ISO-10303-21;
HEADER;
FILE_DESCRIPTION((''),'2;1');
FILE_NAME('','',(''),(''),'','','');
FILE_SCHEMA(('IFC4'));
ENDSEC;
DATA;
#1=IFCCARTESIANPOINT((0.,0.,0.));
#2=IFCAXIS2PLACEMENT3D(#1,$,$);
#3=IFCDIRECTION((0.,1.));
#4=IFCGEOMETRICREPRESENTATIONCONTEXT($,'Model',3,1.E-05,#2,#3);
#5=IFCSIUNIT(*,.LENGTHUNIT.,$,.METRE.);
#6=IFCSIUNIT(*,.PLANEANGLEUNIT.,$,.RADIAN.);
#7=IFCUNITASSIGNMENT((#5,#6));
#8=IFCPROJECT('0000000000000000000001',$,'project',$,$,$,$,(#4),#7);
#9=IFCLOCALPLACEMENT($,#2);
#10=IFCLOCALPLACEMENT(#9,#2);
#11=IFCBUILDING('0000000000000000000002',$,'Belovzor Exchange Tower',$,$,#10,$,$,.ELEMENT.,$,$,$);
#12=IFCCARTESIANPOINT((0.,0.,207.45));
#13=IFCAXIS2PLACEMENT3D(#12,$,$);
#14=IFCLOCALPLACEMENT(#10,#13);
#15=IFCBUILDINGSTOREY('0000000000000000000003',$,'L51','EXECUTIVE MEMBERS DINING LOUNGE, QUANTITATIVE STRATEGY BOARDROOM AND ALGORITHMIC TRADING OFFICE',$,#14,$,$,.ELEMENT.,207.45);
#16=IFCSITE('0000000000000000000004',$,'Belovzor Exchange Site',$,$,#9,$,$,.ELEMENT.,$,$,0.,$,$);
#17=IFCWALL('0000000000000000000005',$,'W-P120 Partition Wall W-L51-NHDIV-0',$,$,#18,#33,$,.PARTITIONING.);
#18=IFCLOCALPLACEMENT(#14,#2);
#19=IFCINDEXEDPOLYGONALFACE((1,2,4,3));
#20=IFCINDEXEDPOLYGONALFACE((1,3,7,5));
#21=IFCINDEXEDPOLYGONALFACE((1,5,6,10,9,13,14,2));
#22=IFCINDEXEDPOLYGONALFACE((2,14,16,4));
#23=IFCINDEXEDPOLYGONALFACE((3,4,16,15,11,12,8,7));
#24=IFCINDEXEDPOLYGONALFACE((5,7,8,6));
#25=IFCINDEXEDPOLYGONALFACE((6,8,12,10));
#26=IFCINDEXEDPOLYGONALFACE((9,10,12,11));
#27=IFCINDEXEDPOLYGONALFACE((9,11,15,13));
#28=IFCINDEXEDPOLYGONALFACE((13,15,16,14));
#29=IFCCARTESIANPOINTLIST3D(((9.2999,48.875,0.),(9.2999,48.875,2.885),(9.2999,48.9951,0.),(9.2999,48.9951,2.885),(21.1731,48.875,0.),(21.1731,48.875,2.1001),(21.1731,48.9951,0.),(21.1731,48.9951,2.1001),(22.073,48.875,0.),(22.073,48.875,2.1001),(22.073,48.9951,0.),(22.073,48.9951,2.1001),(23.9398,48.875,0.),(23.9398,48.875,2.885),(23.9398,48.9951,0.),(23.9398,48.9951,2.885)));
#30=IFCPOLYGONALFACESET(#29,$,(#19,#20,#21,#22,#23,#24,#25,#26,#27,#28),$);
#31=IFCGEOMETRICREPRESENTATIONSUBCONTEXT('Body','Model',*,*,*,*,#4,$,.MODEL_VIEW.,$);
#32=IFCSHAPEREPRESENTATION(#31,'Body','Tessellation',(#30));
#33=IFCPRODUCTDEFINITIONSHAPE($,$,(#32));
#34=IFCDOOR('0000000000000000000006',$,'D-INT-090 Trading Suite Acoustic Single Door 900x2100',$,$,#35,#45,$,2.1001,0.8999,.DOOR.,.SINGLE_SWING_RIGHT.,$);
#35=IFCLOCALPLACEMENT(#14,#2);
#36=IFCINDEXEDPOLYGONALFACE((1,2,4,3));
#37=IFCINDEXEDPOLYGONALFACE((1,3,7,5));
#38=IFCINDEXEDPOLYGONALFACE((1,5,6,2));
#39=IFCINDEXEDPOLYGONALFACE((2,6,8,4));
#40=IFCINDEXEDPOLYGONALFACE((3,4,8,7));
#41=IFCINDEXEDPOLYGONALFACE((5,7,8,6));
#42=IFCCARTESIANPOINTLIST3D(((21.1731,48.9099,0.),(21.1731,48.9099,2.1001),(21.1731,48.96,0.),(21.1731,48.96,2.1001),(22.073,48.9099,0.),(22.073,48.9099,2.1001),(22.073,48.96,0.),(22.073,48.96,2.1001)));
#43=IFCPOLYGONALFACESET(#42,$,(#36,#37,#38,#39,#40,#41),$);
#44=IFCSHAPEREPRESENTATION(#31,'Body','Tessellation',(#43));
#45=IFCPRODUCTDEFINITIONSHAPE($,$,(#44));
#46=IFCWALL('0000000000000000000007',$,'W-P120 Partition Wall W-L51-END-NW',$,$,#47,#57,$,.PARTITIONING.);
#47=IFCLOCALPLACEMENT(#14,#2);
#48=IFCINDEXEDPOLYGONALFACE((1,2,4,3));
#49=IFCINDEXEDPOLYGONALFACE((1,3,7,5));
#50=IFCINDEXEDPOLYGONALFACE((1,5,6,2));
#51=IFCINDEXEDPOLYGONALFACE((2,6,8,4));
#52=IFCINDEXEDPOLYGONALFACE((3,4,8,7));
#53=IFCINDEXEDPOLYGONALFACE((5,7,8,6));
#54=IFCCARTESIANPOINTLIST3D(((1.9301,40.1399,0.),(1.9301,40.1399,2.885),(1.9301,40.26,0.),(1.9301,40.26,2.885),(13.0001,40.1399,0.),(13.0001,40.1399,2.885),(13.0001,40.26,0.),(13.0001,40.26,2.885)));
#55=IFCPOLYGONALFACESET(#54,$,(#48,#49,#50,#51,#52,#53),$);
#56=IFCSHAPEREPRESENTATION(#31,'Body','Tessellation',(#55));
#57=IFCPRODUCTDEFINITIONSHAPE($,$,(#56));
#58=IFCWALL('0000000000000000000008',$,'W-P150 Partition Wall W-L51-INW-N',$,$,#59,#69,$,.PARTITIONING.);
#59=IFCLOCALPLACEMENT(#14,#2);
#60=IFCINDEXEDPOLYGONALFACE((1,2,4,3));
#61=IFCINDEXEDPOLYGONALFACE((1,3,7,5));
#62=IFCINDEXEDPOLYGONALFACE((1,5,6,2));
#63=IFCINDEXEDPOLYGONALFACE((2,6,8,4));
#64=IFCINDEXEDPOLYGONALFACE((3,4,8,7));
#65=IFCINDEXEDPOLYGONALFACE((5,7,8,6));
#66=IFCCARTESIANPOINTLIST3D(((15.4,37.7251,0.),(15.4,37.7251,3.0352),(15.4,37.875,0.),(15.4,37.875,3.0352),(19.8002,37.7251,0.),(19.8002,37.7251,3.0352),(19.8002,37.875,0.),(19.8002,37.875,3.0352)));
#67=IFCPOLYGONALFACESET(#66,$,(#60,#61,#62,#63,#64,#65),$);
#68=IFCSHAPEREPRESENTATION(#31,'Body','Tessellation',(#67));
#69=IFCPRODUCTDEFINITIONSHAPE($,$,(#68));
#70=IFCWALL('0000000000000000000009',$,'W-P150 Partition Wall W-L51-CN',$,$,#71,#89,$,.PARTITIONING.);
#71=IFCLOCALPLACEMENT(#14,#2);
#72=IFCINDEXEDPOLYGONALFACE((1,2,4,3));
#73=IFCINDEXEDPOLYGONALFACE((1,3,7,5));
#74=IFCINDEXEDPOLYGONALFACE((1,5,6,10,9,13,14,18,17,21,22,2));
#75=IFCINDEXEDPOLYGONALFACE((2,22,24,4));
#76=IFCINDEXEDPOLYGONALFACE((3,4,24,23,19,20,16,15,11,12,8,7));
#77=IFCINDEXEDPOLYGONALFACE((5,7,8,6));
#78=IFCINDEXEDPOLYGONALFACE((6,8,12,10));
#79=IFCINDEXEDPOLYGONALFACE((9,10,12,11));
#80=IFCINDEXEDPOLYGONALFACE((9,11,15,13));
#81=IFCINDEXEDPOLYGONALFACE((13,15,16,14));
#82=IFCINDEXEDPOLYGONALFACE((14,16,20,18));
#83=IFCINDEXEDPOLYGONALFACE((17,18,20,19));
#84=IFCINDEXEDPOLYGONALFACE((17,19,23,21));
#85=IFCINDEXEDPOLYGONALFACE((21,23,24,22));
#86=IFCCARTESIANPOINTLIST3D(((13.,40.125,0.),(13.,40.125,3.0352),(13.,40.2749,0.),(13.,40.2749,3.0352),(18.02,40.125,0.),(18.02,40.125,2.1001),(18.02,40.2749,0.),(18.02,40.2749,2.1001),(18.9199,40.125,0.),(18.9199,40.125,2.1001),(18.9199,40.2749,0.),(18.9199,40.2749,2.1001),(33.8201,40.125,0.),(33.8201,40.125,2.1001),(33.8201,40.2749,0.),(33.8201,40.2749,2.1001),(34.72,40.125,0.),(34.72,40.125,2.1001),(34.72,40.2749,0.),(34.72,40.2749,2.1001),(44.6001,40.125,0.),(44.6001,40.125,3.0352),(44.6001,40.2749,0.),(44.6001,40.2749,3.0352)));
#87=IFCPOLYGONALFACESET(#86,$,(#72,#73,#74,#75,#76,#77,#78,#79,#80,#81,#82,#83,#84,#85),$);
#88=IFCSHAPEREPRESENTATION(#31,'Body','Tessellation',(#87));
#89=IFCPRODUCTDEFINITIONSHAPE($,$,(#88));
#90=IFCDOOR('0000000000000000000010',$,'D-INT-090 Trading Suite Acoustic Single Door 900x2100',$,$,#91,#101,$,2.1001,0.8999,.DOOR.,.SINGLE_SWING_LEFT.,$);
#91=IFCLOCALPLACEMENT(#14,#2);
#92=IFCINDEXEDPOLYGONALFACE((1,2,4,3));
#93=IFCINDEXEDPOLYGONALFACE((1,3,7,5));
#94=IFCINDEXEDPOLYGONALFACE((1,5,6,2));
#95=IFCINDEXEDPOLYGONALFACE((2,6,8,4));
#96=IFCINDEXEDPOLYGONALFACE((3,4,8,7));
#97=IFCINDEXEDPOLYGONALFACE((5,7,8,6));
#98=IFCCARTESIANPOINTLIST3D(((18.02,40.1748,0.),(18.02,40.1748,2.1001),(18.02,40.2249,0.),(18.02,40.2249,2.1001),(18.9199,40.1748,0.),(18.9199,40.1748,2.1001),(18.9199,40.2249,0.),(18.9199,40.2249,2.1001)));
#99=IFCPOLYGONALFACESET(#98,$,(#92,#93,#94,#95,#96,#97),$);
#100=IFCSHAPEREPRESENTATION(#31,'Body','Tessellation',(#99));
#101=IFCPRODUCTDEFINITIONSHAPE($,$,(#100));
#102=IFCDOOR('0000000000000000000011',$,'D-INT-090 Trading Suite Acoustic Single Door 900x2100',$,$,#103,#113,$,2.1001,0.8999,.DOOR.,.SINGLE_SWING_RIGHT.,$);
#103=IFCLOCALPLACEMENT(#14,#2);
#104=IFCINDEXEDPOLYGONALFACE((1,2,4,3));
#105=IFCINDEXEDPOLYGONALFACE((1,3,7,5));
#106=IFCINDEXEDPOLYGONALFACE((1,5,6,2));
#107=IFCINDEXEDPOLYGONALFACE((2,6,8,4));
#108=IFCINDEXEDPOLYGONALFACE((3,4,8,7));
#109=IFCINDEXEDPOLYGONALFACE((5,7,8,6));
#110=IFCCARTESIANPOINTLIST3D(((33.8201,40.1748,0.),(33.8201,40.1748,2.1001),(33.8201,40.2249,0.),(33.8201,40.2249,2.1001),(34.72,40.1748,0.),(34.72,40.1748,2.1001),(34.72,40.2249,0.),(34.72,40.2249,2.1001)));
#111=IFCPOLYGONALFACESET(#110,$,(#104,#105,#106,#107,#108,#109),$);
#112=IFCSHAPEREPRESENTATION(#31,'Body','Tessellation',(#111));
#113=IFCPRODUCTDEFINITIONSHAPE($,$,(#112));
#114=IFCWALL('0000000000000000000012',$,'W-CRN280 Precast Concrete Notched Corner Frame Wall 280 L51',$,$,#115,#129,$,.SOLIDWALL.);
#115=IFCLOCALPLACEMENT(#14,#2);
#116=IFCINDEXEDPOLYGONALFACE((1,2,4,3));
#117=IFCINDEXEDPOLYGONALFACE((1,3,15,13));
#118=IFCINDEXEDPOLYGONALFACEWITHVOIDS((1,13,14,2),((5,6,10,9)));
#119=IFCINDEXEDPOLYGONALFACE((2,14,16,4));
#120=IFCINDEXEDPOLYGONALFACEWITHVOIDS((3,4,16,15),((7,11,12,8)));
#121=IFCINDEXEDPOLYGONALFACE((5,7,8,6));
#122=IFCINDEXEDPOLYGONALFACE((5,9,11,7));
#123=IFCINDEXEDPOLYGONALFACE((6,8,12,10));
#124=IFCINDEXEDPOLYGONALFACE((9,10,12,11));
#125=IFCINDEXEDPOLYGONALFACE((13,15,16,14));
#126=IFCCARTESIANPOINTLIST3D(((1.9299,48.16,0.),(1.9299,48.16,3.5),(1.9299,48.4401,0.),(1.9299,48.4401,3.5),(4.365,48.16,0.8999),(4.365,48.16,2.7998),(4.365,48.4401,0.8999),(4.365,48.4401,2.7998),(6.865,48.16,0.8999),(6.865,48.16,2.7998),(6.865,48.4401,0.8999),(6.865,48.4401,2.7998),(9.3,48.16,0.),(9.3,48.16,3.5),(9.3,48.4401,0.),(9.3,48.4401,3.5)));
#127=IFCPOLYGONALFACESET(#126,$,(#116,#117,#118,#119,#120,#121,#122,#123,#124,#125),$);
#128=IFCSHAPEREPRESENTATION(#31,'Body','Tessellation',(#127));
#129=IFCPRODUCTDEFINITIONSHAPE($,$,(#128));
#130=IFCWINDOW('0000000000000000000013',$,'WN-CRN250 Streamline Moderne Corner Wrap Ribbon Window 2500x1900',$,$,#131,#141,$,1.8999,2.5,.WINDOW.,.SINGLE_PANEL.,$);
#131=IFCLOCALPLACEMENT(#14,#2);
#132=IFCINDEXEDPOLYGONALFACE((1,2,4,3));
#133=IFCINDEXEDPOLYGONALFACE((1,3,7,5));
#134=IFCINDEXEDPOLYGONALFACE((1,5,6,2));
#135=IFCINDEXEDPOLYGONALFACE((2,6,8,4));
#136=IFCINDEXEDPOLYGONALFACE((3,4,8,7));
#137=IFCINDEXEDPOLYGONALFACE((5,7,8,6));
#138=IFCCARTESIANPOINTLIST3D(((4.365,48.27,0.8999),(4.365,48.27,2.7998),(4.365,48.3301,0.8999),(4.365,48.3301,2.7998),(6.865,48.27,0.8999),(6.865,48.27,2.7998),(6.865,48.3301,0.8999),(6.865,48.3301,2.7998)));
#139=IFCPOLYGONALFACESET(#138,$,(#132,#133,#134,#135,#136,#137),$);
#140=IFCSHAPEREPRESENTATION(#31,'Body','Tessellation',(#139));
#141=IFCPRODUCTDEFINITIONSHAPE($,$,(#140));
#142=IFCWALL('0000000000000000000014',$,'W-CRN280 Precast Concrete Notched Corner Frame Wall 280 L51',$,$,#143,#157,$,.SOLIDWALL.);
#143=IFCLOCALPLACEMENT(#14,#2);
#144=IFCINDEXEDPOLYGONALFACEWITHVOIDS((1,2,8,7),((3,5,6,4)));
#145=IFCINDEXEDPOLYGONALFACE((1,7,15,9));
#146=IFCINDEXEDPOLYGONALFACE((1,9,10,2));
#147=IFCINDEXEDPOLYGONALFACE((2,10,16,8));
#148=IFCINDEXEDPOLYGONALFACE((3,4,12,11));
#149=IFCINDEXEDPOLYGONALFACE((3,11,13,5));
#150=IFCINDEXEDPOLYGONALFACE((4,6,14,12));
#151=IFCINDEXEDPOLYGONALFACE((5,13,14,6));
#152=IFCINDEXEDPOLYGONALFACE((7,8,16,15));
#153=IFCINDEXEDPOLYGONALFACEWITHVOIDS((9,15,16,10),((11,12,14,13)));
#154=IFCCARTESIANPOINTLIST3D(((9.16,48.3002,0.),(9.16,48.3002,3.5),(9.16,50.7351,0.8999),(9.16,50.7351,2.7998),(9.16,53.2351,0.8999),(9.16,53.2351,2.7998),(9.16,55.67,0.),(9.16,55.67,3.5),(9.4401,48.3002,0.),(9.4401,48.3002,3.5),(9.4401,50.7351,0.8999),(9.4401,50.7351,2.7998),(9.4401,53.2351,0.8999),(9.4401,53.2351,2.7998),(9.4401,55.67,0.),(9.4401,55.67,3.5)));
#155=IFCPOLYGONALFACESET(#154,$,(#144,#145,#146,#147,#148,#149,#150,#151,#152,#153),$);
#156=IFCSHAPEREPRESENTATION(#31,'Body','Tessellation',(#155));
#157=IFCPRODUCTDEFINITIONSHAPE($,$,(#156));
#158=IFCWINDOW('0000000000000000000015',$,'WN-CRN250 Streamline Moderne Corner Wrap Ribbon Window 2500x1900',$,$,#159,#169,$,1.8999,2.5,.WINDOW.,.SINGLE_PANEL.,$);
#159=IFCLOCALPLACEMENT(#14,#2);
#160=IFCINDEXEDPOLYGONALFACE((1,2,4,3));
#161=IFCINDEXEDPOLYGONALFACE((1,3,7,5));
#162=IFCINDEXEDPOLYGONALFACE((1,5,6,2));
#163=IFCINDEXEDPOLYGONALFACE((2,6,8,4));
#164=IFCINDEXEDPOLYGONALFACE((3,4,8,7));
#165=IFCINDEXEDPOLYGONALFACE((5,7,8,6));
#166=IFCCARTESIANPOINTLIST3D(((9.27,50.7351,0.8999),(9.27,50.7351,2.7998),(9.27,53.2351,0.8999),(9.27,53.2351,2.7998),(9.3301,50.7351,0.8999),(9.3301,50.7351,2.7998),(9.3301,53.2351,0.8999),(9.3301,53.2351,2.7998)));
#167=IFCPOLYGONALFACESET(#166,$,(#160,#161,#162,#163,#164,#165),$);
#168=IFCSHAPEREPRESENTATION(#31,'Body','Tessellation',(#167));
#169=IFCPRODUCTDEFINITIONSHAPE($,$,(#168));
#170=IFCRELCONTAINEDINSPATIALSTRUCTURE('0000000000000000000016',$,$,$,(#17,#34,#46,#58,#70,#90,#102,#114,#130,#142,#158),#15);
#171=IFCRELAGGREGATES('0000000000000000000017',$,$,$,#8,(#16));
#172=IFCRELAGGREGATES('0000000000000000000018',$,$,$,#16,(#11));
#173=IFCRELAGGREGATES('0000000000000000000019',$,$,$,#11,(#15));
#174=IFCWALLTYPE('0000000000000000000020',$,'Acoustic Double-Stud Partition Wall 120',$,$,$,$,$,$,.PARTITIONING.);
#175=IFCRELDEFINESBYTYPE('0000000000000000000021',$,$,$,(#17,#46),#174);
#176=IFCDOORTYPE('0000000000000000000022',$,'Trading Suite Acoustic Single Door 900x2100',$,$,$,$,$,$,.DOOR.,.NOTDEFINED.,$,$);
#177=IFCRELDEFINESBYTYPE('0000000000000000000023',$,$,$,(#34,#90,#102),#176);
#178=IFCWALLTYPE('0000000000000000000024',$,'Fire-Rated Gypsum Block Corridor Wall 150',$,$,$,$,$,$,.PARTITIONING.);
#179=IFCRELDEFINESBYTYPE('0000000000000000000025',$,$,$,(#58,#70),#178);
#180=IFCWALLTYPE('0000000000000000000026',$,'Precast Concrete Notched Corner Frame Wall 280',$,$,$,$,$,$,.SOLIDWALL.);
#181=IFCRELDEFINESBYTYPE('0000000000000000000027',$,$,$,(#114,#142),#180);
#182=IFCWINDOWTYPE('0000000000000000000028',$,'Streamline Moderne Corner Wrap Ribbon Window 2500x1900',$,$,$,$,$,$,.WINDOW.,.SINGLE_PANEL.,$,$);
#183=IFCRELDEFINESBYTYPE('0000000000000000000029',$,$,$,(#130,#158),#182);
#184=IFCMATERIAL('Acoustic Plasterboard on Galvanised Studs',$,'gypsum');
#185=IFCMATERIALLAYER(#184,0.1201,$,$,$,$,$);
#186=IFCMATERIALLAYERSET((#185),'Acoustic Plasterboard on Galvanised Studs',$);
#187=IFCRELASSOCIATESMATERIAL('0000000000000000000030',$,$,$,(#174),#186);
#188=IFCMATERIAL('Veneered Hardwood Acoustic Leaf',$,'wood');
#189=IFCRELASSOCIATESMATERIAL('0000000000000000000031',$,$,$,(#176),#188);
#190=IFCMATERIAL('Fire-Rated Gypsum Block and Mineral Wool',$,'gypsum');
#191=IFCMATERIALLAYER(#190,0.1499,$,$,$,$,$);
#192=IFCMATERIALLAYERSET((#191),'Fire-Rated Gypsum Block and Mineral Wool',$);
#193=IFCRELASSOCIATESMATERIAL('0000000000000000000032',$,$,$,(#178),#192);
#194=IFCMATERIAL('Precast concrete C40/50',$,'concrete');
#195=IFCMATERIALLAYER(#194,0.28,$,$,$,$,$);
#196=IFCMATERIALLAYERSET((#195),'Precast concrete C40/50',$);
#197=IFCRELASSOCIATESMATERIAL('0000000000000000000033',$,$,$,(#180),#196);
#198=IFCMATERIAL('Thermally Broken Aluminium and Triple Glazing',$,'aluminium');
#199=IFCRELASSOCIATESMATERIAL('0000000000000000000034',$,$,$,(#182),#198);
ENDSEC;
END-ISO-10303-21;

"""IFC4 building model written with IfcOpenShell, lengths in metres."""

from ifc_helpers import new_model, si_unit, direction, frame, frame_2d, origin, place, context, subcontext, project, spatial, rectangle, extrude, material, layer, layer_set, type_object, element, fill, save


model = new_model("IFC4")

# Units and contexts
model_context = context("Model", 3, precision=1e-05, world=origin(), true_north=direction((0.0, 1.0)))
body_context = subcontext(model_context, "Body", "Model", "MODEL_VIEW")
ifc_project = project(units=[si_unit("LENGTHUNIT", "METRE"), si_unit("PLANEANGLEUNIT", "RADIAN")], contexts=[model_context])

# Site, building, storey
site_placement = place(None, origin())
site = spatial("IfcSite", under=ifc_project, at=site_placement, Name="Belovzor Exchange Site", CompositionType="ELEMENT", RefElevation=0.0)
building_placement = place(site_placement, origin())
building = spatial("IfcBuilding", under=site, at=building_placement, Name="Belovzor Exchange Tower", CompositionType="ELEMENT")
storey_placement = place(building_placement, frame((0.0, 0.0, 207.45)))
storey = spatial("IfcBuildingStorey", under=building, at=storey_placement, Name="L51", Description="EXECUTIVE MEMBERS DINING LOUNGE, QUANTITATIVE STRATEGY BOARDROOM AND ALGORITHMIC TRADING OFFICE", CompositionType="ELEMENT", Elevation=207.45)

# Wall, opening, door
ifc_material_1 = material(Name="Acoustic Plasterboard on Galvanised Studs", Category="gypsum")
ifc_layer_1 = layer(ifc_material_1, 0.1201)
ifc_layer_set_1 = layer_set([ifc_layer_1], Name="Acoustic Plasterboard on Galvanised Studs")
wall_type_1 = type_object("IfcWallType", Name="Acoustic Double-Stud Partition Wall 120", PredefinedType="PARTITIONING", material=ifc_layer_set_1)
wall_1_placement = place(storey_placement, frame((9.3, 48.9351, 0.0), z_axis=(0.0, 0.0, 1.0), x_axis=(1.0, 0.0, 0.0)))
wall_1 = element("IfcWall", 1, at=wall_1_placement, inside=storey, type_object=wall_type_1, Name="W-P120 Partition Wall W-L51-NHDIV-0", PredefinedType="PARTITIONING", context=body_context, shape_type="SweptSolid", body=[
    extrude(rectangle(XDim=14.6399, YDim=0.1201, at=frame_2d((7.3198, 0.0))), origin(), (0.0, 0.0, 1.0), 2.885),
])
opening_1_placement = place(wall_1_placement, frame((11.873, 0.0, 0.0)))
opening_1 = element("IfcOpeningElement", 2, at=opening_1_placement, cuts=wall_1, PredefinedType="OPENING", context=body_context, shape_type="SweptSolid", body=[
    extrude(rectangle(XDim=0.8999, YDim=2.1001, at=frame_2d((0.45, 1.05))), frame((0.0, 0.0701, 0.0), z_axis=(0.0, -1.0, 0.0), x_axis=(1.0, 0.0, 0.0)), (0.0, 0.0, 1.0), 0.1401),
])
ifc_material_2 = material(Name="Veneered Hardwood Acoustic Leaf", Category="wood")
door_type = type_object("IfcDoorType", Name="Trading Suite Acoustic Single Door 900x2100", OperationType="NOTDEFINED", PredefinedType="DOOR", material=ifc_material_2)
door_1_placement = place(opening_1_placement, origin())
door_1 = element("IfcDoor", 3, at=door_1_placement, inside=storey, type_object=door_type, Name="D-INT-090 Trading Suite Acoustic Single Door 900x2100", OperationType="SINGLE_SWING_RIGHT", OverallHeight=2.1001, OverallWidth=0.8999, PredefinedType="DOOR", context=body_context, shape_type="SweptSolid", body=[
    extrude(rectangle(XDim=0.8999, YDim=2.1001, at=frame_2d((0.45, 1.05))), frame((0.0, 0.0249, 0.0), z_axis=(0.0, -1.0, 0.0), x_axis=(1.0, 0.0, 0.0)), (0.0, 0.0, 1.0), 0.05),
])
fill(opening_1, door_1)

# Walls
wall_2_placement = place(storey_placement, frame((1.9299, 40.2, 0.0), z_axis=(0.0, 0.0, 1.0), x_axis=(1.0, 0.0, 0.0)))
element("IfcWall", 4, at=wall_2_placement, inside=storey, type_object=wall_type_1, Name="W-P120 Partition Wall W-L51-END-NW", PredefinedType="PARTITIONING", context=body_context, shape_type="SweptSolid", body=[
    extrude(rectangle(XDim=11.0701, YDim=0.1201, at=frame_2d((5.5352, 0.0))), origin(), (0.0, 0.0, 1.0), 2.885),
])
ifc_material_3 = material(Name="Fire-Rated Gypsum Block and Mineral Wool", Category="gypsum")
ifc_layer_2 = layer(ifc_material_3, 0.1499)
ifc_layer_set_2 = layer_set([ifc_layer_2], Name="Fire-Rated Gypsum Block and Mineral Wool")
wall_type_2 = type_object("IfcWallType", Name="Fire-Rated Gypsum Block Corridor Wall 150", PredefinedType="PARTITIONING", material=ifc_layer_set_2)
wall_3_placement = place(storey_placement, frame((15.3999, 37.8, 0.0), z_axis=(0.0, 0.0, 1.0), x_axis=(1.0, 0.0, 0.0)))
element("IfcWall", 5, at=wall_3_placement, inside=storey, type_object=wall_type_2, Name="W-P150 Partition Wall W-L51-INW-N", PredefinedType="PARTITIONING", context=body_context, shape_type="SweptSolid", body=[
    extrude(rectangle(XDim=4.4001, YDim=0.1499, at=frame_2d((2.2002, 0.0))), origin(), (0.0, 0.0, 1.0), 3.0352),
])

# Wall, openings, doors
wall_4_placement = place(storey_placement, frame((13.0, 40.2, 0.0), z_axis=(0.0, 0.0, 1.0), x_axis=(1.0, 0.0, 0.0)))
wall_4 = element("IfcWall", 6, at=wall_4_placement, inside=storey, type_object=wall_type_2, Name="W-P150 Partition Wall W-L51-CN", PredefinedType="PARTITIONING", context=body_context, shape_type="SweptSolid", body=[
    extrude(rectangle(XDim=31.6001, YDim=0.1499, at=frame_2d((15.8, 0.0))), origin(), (0.0, 0.0, 1.0), 3.0352),
])
opening_2_placement = place(wall_4_placement, frame((5.02, 0.0, 0.0)))
opening_2 = element("IfcOpeningElement", 7, at=opening_2_placement, cuts=wall_4, PredefinedType="OPENING", context=body_context, shape_type="SweptSolid", body=[
    extrude(rectangle(XDim=0.8999, YDim=2.1001, at=frame_2d((0.45, 1.05))), frame((0.0, 0.085, 0.0), z_axis=(0.0, -1.0, 0.0), x_axis=(1.0, 0.0, 0.0)), (0.0, 0.0, 1.0), 0.1699),
])
opening_3_placement = place(wall_4_placement, frame((20.8201, 0.0, 0.0)))
opening_3 = element("IfcOpeningElement", 8, at=opening_3_placement, cuts=wall_4, PredefinedType="OPENING", context=body_context, shape_type="SweptSolid", body=[
    extrude(rectangle(XDim=0.8999, YDim=2.1001, at=frame_2d((0.45, 1.05))), frame((0.0, 0.085, 0.0), z_axis=(0.0, -1.0, 0.0), x_axis=(1.0, 0.0, 0.0)), (0.0, 0.0, 1.0), 0.1699),
])
door_2_placement = place(opening_2_placement, origin())
door_2 = element("IfcDoor", 9, at=door_2_placement, inside=storey, type_object=door_type, Name="D-INT-090 Trading Suite Acoustic Single Door 900x2100", OperationType="SINGLE_SWING_LEFT", OverallHeight=2.1001, OverallWidth=0.8999, PredefinedType="DOOR", context=body_context, shape_type="SweptSolid", body=[
    extrude(rectangle(XDim=0.8999, YDim=2.1001, at=frame_2d((0.45, 1.05))), frame((0.0, 0.0249, 0.0), z_axis=(0.0, -1.0, 0.0), x_axis=(1.0, 0.0, 0.0)), (0.0, 0.0, 1.0), 0.05),
])
fill(opening_2, door_2)
door_3_placement = place(opening_3_placement, origin())
door_3 = element("IfcDoor", 10, at=door_3_placement, inside=storey, type_object=door_type, Name="D-INT-090 Trading Suite Acoustic Single Door 900x2100", OperationType="SINGLE_SWING_RIGHT", OverallHeight=2.1001, OverallWidth=0.8999, PredefinedType="DOOR", context=body_context, shape_type="SweptSolid", body=[
    extrude(rectangle(XDim=0.8999, YDim=2.1001, at=frame_2d((0.45, 1.05))), frame((0.0, 0.0249, 0.0), z_axis=(0.0, -1.0, 0.0), x_axis=(1.0, 0.0, 0.0)), (0.0, 0.0, 1.0), 0.05),
])
fill(opening_3, door_3)

# Walls, openings, windows
ifc_material_4 = material(Name="Precast concrete C40/50", Category="concrete")
ifc_layer_3 = layer(ifc_material_4, 0.28)
ifc_layer_set_3 = layer_set([ifc_layer_3], Name="Precast concrete C40/50")
wall_type_3 = type_object("IfcWallType", Name="Precast Concrete Notched Corner Frame Wall 280", PredefinedType="SOLIDWALL", material=ifc_layer_set_3)
wall_5_placement = place(storey_placement, frame((1.9299, 48.3, 0.0), z_axis=(0.0, 0.0, 1.0), x_axis=(1.0, 0.0, 0.0)))
wall_5 = element("IfcWall", 11, at=wall_5_placement, inside=storey, type_object=wall_type_3, Name="W-CRN280 Precast Concrete Notched Corner Frame Wall 280 L51", PredefinedType="SOLIDWALL", context=body_context, shape_type="SweptSolid", body=[
    extrude(rectangle(XDim=7.3701, YDim=0.28, at=frame_2d((3.6851, 0.0))), origin(), (0.0, 0.0, 1.0), 3.5),
])
opening_4_placement = place(wall_5_placement, frame((2.4351, 0.0, 0.8999)))
opening_4 = element("IfcOpeningElement", 12, at=opening_4_placement, cuts=wall_5, PredefinedType="OPENING", context=body_context, shape_type="SweptSolid", body=[
    extrude(rectangle(XDim=2.5, YDim=1.8999, at=frame_2d((1.25, 0.95))), frame((0.0, 0.1499, 0.0), z_axis=(0.0, -1.0, 0.0), x_axis=(1.0, 0.0, 0.0)), (0.0, 0.0, 1.0), 0.3),
])
ifc_material_5 = material(Name="Thermally Broken Aluminium and Triple Glazing", Category="aluminium")
window_type_1 = type_object("IfcWindowType", Name="Streamline Moderne Corner Wrap Ribbon Window 2500x1900", PartitioningType="SINGLE_PANEL", PredefinedType="WINDOW", material=ifc_material_5)
window_1_placement = place(opening_4_placement, origin())
window_1 = element("IfcWindow", 13, at=window_1_placement, inside=storey, type_object=window_type_1, Name="WN-CRN250 Streamline Moderne Corner Wrap Ribbon Window 2500x1900", OverallHeight=1.8999, OverallWidth=2.5, PartitioningType="SINGLE_PANEL", PredefinedType="WINDOW", context=body_context, shape_type="SweptSolid", body=[
    extrude(rectangle(XDim=2.5, YDim=1.8999, at=frame_2d((1.25, 0.95))), frame((0.0, 0.03, 0.0), z_axis=(0.0, -1.0, 0.0), x_axis=(1.0, 0.0, 0.0)), (0.0, 0.0, 1.0), 0.0601),
])
fill(opening_4, window_1)
wall_6_placement = place(storey_placement, frame((9.3, 48.3, 0.0), z_axis=(0.0, 0.0, 1.0), x_axis=(0.0, 1.0, 0.0)))
wall_6 = element("IfcWall", 14, at=wall_6_placement, inside=storey, type_object=wall_type_3, Name="W-CRN280 Precast Concrete Notched Corner Frame Wall 280 L51", PredefinedType="SOLIDWALL", context=body_context, shape_type="SweptSolid", body=[
    extrude(rectangle(XDim=7.3699, YDim=0.28, at=frame_2d((3.6851, 0.0))), origin(), (0.0, 0.0, 1.0), 3.5),
])
opening_5_placement = place(wall_6_placement, frame((2.4351, 0.0, 0.8999)))
opening_5 = element("IfcOpeningElement", 15, at=opening_5_placement, cuts=wall_6, PredefinedType="OPENING", context=body_context, shape_type="SweptSolid", body=[
    extrude(rectangle(XDim=2.5, YDim=1.8999, at=frame_2d((1.25, 0.95))), frame((0.0, 0.1499, 0.0), z_axis=(0.0, -1.0, 0.0), x_axis=(1.0, 0.0, 0.0)), (0.0, 0.0, 1.0), 0.3),
])
window_2_placement = place(opening_5_placement, origin())
window_2 = element("IfcWindow", 16, at=window_2_placement, inside=storey, type_object=window_type_1, Name="WN-CRN250 Streamline Moderne Corner Wrap Ribbon Window 2500x1900", OverallHeight=1.8999, OverallWidth=2.5, PartitioningType="SINGLE_PANEL", PredefinedType="WINDOW", context=body_context, shape_type="SweptSolid", body=[
    extrude(rectangle(XDim=2.5, YDim=1.8999, at=frame_2d((1.25, 0.95))), frame((0.0, 0.03, 0.0), z_axis=(0.0, -1.0, 0.0), x_axis=(1.0, 0.0, 0.0)), (0.0, 0.0, 1.0), 0.0601),
])
fill(opening_5, window_2)

save(model, "model.ifc")
